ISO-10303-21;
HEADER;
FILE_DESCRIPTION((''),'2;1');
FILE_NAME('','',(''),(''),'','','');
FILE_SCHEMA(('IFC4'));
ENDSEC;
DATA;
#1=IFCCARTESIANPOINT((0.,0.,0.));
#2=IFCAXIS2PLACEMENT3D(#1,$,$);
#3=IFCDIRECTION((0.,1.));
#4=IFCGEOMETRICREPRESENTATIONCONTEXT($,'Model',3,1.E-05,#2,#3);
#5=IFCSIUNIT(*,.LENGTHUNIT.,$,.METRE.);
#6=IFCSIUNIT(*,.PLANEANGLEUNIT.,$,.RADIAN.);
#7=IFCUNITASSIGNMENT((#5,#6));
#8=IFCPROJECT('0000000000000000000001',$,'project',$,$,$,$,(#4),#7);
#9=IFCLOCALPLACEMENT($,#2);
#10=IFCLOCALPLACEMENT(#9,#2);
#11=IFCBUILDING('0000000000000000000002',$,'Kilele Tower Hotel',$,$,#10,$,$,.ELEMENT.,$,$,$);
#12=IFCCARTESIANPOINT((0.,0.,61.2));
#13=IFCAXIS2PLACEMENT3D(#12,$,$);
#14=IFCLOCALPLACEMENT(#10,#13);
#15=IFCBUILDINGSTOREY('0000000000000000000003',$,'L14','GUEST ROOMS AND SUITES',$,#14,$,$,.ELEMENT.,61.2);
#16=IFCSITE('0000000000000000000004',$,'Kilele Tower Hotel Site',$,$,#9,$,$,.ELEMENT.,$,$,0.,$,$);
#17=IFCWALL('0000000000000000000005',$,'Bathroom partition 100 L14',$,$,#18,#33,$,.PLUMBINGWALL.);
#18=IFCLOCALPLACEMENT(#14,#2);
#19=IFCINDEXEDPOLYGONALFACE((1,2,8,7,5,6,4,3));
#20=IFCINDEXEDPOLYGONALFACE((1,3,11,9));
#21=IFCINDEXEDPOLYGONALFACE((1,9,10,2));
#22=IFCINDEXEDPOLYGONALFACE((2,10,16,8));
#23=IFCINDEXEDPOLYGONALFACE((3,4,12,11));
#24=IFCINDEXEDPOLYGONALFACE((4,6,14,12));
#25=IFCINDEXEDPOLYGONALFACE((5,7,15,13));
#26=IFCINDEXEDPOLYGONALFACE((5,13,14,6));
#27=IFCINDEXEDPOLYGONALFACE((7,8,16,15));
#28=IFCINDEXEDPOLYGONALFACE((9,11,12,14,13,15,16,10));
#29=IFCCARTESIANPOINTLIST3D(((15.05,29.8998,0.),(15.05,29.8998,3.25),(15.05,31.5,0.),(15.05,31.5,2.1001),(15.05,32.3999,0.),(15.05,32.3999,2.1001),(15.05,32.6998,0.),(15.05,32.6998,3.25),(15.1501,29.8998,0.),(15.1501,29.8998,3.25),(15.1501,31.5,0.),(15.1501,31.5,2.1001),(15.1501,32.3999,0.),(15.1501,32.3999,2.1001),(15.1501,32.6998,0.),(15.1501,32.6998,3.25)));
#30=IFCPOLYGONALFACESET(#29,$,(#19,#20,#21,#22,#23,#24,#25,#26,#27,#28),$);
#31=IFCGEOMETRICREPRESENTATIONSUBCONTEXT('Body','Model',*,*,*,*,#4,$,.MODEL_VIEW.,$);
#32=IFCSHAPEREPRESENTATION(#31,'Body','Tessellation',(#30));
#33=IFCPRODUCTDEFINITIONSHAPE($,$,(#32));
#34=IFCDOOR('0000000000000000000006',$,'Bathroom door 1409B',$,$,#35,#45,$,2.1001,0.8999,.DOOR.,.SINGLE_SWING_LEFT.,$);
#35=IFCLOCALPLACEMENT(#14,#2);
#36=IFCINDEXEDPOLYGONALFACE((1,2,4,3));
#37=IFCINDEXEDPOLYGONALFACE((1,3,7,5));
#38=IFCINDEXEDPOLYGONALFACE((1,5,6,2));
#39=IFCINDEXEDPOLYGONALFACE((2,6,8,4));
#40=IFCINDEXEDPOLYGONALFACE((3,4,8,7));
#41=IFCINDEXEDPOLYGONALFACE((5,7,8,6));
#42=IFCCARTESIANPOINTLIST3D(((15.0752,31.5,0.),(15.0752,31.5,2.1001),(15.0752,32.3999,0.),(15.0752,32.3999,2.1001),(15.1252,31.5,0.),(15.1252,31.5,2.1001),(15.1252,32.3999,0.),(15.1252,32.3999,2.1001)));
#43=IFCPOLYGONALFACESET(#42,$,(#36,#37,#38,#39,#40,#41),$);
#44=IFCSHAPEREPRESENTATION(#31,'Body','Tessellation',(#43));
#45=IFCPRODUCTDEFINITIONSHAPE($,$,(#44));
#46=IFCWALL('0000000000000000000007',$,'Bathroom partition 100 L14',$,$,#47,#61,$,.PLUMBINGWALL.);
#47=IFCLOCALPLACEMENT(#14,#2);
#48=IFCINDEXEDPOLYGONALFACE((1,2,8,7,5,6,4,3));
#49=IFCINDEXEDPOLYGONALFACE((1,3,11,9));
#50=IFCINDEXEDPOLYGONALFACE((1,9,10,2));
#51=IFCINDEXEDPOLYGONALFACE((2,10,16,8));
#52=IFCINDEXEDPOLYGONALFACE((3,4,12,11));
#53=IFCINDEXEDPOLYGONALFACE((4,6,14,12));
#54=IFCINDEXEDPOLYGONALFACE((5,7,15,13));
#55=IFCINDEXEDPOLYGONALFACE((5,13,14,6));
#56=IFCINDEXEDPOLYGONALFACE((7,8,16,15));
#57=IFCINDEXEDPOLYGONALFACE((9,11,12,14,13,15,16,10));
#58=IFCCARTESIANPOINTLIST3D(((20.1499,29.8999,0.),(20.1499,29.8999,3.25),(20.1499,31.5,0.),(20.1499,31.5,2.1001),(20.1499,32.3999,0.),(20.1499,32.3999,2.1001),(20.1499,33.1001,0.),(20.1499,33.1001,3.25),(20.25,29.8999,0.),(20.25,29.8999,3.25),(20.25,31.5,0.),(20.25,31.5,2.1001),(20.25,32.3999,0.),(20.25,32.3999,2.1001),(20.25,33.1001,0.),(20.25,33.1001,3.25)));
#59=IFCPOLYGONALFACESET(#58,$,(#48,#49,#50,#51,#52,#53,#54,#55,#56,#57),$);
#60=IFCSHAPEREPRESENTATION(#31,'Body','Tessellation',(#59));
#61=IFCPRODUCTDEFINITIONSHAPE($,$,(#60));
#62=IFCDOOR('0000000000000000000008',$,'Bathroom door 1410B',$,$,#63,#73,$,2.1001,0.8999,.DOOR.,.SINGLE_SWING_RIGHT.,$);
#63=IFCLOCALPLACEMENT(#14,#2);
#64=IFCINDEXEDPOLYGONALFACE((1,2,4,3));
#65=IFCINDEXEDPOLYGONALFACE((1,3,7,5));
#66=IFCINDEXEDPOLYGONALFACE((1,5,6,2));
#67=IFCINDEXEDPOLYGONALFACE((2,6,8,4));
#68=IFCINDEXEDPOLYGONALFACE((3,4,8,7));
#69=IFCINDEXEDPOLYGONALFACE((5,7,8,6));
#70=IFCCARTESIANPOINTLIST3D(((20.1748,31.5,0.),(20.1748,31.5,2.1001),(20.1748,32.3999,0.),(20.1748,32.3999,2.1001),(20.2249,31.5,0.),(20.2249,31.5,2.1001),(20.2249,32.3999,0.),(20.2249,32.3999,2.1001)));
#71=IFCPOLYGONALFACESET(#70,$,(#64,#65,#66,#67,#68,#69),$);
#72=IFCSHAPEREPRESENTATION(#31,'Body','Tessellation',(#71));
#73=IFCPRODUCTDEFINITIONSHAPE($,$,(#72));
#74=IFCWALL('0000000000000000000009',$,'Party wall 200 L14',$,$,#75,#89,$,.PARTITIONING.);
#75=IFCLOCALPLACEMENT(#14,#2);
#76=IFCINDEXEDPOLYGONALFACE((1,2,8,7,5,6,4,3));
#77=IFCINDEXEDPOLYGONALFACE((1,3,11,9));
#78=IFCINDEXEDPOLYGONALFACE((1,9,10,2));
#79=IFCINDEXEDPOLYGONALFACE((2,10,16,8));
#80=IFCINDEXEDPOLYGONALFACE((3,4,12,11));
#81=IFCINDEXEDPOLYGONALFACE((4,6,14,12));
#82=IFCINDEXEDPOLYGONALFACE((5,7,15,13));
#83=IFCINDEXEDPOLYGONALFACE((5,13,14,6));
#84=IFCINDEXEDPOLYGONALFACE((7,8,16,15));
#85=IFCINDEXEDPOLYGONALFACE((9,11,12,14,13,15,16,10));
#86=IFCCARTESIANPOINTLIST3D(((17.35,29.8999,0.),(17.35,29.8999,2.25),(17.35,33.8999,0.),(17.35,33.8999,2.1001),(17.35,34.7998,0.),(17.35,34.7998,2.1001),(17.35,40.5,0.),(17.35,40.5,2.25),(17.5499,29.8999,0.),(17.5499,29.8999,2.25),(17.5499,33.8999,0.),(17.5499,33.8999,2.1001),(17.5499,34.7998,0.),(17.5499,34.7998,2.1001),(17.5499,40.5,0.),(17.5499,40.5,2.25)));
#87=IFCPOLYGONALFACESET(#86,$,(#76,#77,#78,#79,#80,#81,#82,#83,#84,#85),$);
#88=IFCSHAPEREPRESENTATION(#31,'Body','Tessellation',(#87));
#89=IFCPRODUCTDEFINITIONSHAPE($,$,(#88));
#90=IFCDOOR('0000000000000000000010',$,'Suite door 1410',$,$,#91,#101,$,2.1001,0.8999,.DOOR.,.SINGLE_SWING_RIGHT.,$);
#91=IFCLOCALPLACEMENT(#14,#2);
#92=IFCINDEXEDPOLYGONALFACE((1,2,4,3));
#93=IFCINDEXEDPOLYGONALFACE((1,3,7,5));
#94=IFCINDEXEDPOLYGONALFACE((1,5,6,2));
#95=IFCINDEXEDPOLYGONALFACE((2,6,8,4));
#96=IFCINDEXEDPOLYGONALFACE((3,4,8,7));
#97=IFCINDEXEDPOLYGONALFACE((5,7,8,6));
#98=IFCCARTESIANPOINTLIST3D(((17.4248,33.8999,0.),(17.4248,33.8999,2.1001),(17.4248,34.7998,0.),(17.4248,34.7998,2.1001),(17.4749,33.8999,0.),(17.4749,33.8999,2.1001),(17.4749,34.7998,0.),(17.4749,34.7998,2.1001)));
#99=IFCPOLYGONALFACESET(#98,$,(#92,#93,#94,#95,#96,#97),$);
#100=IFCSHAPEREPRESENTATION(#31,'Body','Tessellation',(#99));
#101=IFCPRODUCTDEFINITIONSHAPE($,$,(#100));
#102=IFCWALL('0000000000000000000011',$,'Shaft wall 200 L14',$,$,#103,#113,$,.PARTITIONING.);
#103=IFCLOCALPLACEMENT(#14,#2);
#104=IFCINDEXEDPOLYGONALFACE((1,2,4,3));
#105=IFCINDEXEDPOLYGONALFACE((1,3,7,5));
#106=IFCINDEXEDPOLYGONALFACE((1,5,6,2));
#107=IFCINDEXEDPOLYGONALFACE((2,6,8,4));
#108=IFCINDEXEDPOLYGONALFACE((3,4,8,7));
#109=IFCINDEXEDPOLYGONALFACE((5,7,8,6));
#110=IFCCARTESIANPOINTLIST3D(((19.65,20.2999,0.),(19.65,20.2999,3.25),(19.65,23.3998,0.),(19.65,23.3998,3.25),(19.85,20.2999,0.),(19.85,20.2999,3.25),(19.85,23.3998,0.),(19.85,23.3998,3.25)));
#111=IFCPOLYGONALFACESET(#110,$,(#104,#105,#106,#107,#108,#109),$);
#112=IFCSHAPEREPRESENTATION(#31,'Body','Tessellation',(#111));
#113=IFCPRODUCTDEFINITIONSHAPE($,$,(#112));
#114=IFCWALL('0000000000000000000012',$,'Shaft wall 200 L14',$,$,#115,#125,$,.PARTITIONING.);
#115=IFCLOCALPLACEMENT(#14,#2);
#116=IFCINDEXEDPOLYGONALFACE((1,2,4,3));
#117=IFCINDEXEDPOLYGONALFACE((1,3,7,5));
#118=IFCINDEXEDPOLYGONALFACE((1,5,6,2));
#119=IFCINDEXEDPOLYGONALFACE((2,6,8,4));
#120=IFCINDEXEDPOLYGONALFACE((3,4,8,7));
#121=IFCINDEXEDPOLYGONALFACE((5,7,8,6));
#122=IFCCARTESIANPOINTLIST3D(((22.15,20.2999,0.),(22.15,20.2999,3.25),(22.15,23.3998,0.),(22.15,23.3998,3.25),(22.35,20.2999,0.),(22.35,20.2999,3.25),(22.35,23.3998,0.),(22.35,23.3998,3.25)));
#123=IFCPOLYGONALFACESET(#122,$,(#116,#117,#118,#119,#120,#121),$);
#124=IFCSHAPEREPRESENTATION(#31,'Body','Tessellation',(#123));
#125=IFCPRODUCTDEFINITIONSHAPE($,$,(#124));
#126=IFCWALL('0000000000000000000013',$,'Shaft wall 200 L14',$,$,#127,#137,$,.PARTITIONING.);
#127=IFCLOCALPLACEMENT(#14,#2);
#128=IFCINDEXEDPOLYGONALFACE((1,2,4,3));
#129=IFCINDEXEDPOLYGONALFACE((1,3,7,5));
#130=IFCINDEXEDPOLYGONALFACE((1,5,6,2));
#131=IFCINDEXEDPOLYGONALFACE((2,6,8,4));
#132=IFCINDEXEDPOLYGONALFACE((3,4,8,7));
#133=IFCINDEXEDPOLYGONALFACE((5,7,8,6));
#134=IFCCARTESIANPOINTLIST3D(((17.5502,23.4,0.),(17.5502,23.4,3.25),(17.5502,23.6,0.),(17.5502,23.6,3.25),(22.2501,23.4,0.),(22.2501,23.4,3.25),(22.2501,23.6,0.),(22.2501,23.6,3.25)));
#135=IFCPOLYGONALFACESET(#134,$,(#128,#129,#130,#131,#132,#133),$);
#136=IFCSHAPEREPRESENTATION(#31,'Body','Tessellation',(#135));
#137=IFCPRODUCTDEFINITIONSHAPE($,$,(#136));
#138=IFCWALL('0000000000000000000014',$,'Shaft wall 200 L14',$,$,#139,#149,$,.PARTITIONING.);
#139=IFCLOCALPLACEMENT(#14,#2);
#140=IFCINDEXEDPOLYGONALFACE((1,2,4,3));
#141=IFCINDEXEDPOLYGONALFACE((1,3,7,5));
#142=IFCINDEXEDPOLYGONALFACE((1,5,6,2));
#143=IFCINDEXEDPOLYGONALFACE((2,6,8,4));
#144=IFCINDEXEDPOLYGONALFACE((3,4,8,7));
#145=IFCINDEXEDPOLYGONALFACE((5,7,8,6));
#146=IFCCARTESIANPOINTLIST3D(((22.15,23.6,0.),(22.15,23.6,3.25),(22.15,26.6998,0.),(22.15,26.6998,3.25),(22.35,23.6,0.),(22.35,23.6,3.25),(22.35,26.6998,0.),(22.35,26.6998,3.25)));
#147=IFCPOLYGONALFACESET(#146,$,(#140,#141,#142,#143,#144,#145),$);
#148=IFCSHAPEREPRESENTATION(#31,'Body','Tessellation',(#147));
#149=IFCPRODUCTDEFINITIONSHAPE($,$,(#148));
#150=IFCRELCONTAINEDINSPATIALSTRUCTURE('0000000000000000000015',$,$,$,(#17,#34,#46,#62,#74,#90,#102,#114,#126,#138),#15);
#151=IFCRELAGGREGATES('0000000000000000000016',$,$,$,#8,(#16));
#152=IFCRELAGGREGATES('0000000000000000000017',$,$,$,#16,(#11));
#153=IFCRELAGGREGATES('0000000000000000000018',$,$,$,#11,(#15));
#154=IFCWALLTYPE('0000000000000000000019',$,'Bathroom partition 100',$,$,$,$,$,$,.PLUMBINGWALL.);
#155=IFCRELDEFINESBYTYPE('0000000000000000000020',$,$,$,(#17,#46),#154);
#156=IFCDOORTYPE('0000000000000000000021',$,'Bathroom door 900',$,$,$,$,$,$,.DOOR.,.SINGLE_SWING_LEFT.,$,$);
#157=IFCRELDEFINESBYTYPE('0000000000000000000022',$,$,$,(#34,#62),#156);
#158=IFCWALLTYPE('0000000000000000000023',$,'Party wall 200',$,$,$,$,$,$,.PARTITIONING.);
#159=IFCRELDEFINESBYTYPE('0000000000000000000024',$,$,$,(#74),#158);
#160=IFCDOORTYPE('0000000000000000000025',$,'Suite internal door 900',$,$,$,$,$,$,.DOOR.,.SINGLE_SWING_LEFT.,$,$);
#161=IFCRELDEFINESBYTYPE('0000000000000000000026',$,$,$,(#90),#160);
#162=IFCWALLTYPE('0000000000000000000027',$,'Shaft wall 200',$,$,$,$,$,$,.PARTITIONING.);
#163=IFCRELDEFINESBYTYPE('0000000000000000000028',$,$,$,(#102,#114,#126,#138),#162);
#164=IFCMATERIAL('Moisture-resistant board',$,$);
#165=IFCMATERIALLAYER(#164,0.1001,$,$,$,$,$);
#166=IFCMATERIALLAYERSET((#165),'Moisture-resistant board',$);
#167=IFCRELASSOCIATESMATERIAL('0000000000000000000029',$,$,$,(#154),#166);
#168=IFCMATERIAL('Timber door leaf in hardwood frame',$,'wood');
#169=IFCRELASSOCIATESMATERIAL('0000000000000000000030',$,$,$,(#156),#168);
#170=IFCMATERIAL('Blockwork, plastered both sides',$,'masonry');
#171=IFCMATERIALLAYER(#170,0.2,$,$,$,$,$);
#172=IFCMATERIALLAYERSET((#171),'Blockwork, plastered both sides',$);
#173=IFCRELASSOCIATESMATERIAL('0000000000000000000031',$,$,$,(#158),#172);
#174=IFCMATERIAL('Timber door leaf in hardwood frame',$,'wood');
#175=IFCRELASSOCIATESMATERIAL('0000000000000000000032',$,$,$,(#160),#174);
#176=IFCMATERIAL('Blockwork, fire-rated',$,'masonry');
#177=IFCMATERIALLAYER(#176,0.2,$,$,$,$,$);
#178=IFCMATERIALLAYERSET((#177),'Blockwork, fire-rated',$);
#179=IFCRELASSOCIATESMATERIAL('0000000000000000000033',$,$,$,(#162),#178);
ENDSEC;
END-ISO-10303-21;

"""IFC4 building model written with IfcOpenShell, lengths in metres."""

from ifc_helpers import new_model, si_unit, direction, frame, frame_2d, origin, place, context, subcontext, project, spatial, rectangle, extrude, material, layer, layer_set, type_object, element, fill, save


model = new_model("IFC4")

# Units and contexts
model_context = context("Model", 3, precision=1e-05, world=origin(), true_north=direction((0.0, 1.0)))
body_context = subcontext(model_context, "Body", "Model", "MODEL_VIEW")
ifc_project = project(units=[si_unit("LENGTHUNIT", "METRE"), si_unit("PLANEANGLEUNIT", "RADIAN")], contexts=[model_context])

# Site, building, storey
site_placement = place(None, origin())
site = spatial("IfcSite", under=ifc_project, at=site_placement, Name="Kilele Tower Hotel Site", CompositionType="ELEMENT", RefElevation=0.0)
building_placement = place(site_placement, origin())
building = spatial("IfcBuilding", under=site, at=building_placement, Name="Kilele Tower Hotel", CompositionType="ELEMENT")
storey_placement = place(building_placement, frame((0.0, 0.0, 61.2)))
storey = spatial("IfcBuildingStorey", under=building, at=storey_placement, Name="L14", Description="GUEST ROOMS AND SUITES", CompositionType="ELEMENT", Elevation=61.2)

# Walls, openings, doors
ifc_material_1 = material(Name="Moisture-resistant board")
ifc_layer_1 = layer(ifc_material_1, 0.1001)
ifc_layer_set_1 = layer_set([ifc_layer_1], Name="Moisture-resistant board")
wall_type_1 = type_object("IfcWallType", Name="Bathroom partition 100", PredefinedType="PLUMBINGWALL", material=ifc_layer_set_1)
wall_1_placement = place(storey_placement, frame((15.1001, 29.8999, 0.0), z_axis=(0.0, 0.0, 1.0), x_axis=(0.0, 1.0, 0.0)))
wall_1 = element("IfcWall", 1, at=wall_1_placement, inside=storey, type_object=wall_type_1, Name="Bathroom partition 100 L14", PredefinedType="PLUMBINGWALL", context=body_context, shape_type="SweptSolid", body=[
    extrude(rectangle(XDim=2.8, YDim=0.1001, at=frame_2d((1.3999, 0.0))), origin(), (0.0, 0.0, 1.0), 3.25),
])
opening_1_placement = place(wall_1_placement, frame((1.6001, 0.0, 0.0)))
opening_1 = element("IfcOpeningElement", 2, at=opening_1_placement, cuts=wall_1, PredefinedType="OPENING", context=body_context, shape_type="SweptSolid", body=[
    extrude(rectangle(XDim=0.8999, YDim=2.1001, at=frame_2d((0.45, 1.05))), frame((0.0, 0.0601, 0.0), z_axis=(0.0, -1.0, 0.0), x_axis=(1.0, 0.0, 0.0)), (0.0, 0.0, 1.0), 0.1201),
])
ifc_material_2 = material(Name="Timber door leaf in hardwood frame", Category="wood")
door_type_1 = type_object("IfcDoorType", Name="Bathroom door 900", OperationType="SINGLE_SWING_LEFT", PredefinedType="DOOR", material=ifc_material_2)
door_1_placement = place(opening_1_placement, origin())
door_1 = element("IfcDoor", 3, at=door_1_placement, inside=storey, type_object=door_type_1, Name="Bathroom door 1409B", OperationType="SINGLE_SWING_LEFT", OverallHeight=2.1001, OverallWidth=0.8999, PredefinedType="DOOR", context=body_context, shape_type="SweptSolid", body=[
    extrude(rectangle(XDim=0.8999, YDim=2.1001, at=frame_2d((0.45, 1.05))), frame((0.0, 0.0249, 0.0), z_axis=(0.0, -1.0, 0.0), x_axis=(1.0, 0.0, 0.0)), (0.0, 0.0, 1.0), 0.05),
])
fill(opening_1, door_1)
wall_2_placement = place(storey_placement, frame((20.2, 29.8999, 0.0), z_axis=(0.0, 0.0, 1.0), x_axis=(0.0, 1.0, 0.0)))
wall_2 = element("IfcWall", 4, at=wall_2_placement, inside=storey, type_object=wall_type_1, Name="Bathroom partition 100 L14", PredefinedType="PLUMBINGWALL", context=body_context, shape_type="SweptSolid", body=[
    extrude(rectangle(XDim=3.2002, YDim=0.1001, at=frame_2d((1.6001, 0.0))), origin(), (0.0, 0.0, 1.0), 3.25),
])
opening_2_placement = place(wall_2_placement, frame((2.5, 0.0, 0.0), z_axis=(0.0, 0.0, 1.0), x_axis=(-1.0, 0.0, 0.0)))
opening_2 = element("IfcOpeningElement", 5, at=opening_2_placement, cuts=wall_2, PredefinedType="OPENING", context=body_context, shape_type="SweptSolid", body=[
    extrude(rectangle(XDim=0.8999, YDim=2.1001, at=frame_2d((0.45, 1.05))), frame((0.0, 0.0601, 0.0), z_axis=(0.0, -1.0, 0.0), x_axis=(1.0, 0.0, 0.0)), (0.0, 0.0, 1.0), 0.1201),
])
door_2_placement = place(opening_2_placement, origin())
door_2 = element("IfcDoor", 6, at=door_2_placement, inside=storey, type_object=door_type_1, Name="Bathroom door 1410B", OperationType="SINGLE_SWING_RIGHT", OverallHeight=2.1001, OverallWidth=0.8999, PredefinedType="DOOR", context=body_context, shape_type="SweptSolid", body=[
    extrude(rectangle(XDim=0.8999, YDim=2.1001, at=frame_2d((0.45, 1.05))), frame((0.0, 0.0249, 0.0), z_axis=(0.0, -1.0, 0.0), x_axis=(1.0, 0.0, 0.0)), (0.0, 0.0, 1.0), 0.05),
])
fill(opening_2, door_2)
ifc_material_3 = material(Name="Blockwork, plastered both sides", Category="masonry")
ifc_layer_2 = layer(ifc_material_3, 0.2)
ifc_layer_set_2 = layer_set([ifc_layer_2], Name="Blockwork, plastered both sides")
wall_type_2 = type_object("IfcWallType", Name="Party wall 200", PredefinedType="PARTITIONING", material=ifc_layer_set_2)
wall_3_placement = place(storey_placement, frame((17.45, 29.8999, 0.0), z_axis=(0.0, 0.0, 1.0), x_axis=(0.0, 1.0, 0.0)))
wall_3 = element("IfcWall", 7, at=wall_3_placement, inside=storey, type_object=wall_type_2, Name="Party wall 200 L14", PredefinedType="PARTITIONING", context=body_context, shape_type="SweptSolid", body=[
    extrude(rectangle(XDim=10.6001, YDim=0.2, at=frame_2d((5.3, 0.0))), origin(), (0.0, 0.0, 1.0), 2.25),
])
opening_3_placement = place(wall_3_placement, frame((4.8999, 0.0, 0.0), z_axis=(0.0, 0.0, 1.0), x_axis=(-1.0, 0.0, 0.0)))
opening_3 = element("IfcOpeningElement", 8, at=opening_3_placement, cuts=wall_3, PredefinedType="OPENING", context=body_context, shape_type="SweptSolid", body=[
    extrude(rectangle(XDim=0.8999, YDim=2.1001, at=frame_2d((0.45, 1.05))), frame((0.0, 0.1099, 0.0), z_axis=(0.0, -1.0, 0.0), x_axis=(1.0, 0.0, 0.0)), (0.0, 0.0, 1.0), 0.22),
])
ifc_material_4 = material(Name="Timber door leaf in hardwood frame", Category="wood")
door_type_2 = type_object("IfcDoorType", Name="Suite internal door 900", OperationType="SINGLE_SWING_LEFT", PredefinedType="DOOR", material=ifc_material_4)
door_3_placement = place(opening_3_placement, origin())
door_3 = element("IfcDoor", 9, at=door_3_placement, inside=storey, type_object=door_type_2, Name="Suite door 1410", OperationType="SINGLE_SWING_RIGHT", OverallHeight=2.1001, OverallWidth=0.8999, PredefinedType="DOOR", context=body_context, shape_type="SweptSolid", body=[
    extrude(rectangle(XDim=0.8999, YDim=2.1001, at=frame_2d((0.45, 1.05))), frame((0.0, 0.0249, 0.0), z_axis=(0.0, -1.0, 0.0), x_axis=(1.0, 0.0, 0.0)), (0.0, 0.0, 1.0), 0.05),
])
fill(opening_3, door_3)

# Walls
ifc_material_5 = material(Name="Blockwork, fire-rated", Category="masonry")
ifc_layer_3 = layer(ifc_material_5, 0.2)
ifc_layer_set_3 = layer_set([ifc_layer_3], Name="Blockwork, fire-rated")
wall_type_3 = type_object("IfcWallType", Name="Shaft wall 200", PredefinedType="PARTITIONING", material=ifc_layer_set_3)
for number, where, z_axis, x_axis, name in (
    (10, (19.75, 20.3, 0.0), (0.0, 0.0, 1.0), (0.0, 1.0, 0.0), "Shaft wall 200 L14"),
    (11, (22.25, 20.3, 0.0), (0.0, 0.0, 1.0), (0.0, 1.0, 0.0), "Shaft wall 200 L14"),
):
    element("IfcWall", number, at=place(storey_placement, frame(where, z_axis=z_axis, x_axis=x_axis)), inside=storey, type_object=wall_type_3, Name=name, PredefinedType="PARTITIONING", context=body_context, shape_type="SweptSolid", body=[
        extrude(rectangle(XDim=3.0999, YDim=0.2, at=frame_2d((1.5498, 0.0))), origin(), (0.0, 0.0, 1.0), 3.25),
    ])
wall_4_placement = place(storey_placement, frame((17.55, 23.5, 0.0), z_axis=(0.0, 0.0, 1.0), x_axis=(1.0, 0.0, 0.0)))
element("IfcWall", 12, at=wall_4_placement, inside=storey, type_object=wall_type_3, Name="Shaft wall 200 L14", PredefinedType="PARTITIONING", context=body_context, shape_type="SweptSolid", body=[
    extrude(rectangle(XDim=4.7, YDim=0.2, at=frame_2d((2.3501, 0.0))), origin(), (0.0, 0.0, 1.0), 3.25),
])
wall_5_placement = place(storey_placement, frame((22.25, 23.6001, 0.0), z_axis=(0.0, 0.0, 1.0), x_axis=(0.0, 1.0, 0.0)))
element("IfcWall", 13, at=wall_5_placement, inside=storey, type_object=wall_type_3, Name="Shaft wall 200 L14", PredefinedType="PARTITIONING", context=body_context, shape_type="SweptSolid", body=[
    extrude(rectangle(XDim=3.0999, YDim=0.2, at=frame_2d((1.5498, 0.0))), origin(), (0.0, 0.0, 1.0), 3.25),
])

save(model, "model.ifc")
